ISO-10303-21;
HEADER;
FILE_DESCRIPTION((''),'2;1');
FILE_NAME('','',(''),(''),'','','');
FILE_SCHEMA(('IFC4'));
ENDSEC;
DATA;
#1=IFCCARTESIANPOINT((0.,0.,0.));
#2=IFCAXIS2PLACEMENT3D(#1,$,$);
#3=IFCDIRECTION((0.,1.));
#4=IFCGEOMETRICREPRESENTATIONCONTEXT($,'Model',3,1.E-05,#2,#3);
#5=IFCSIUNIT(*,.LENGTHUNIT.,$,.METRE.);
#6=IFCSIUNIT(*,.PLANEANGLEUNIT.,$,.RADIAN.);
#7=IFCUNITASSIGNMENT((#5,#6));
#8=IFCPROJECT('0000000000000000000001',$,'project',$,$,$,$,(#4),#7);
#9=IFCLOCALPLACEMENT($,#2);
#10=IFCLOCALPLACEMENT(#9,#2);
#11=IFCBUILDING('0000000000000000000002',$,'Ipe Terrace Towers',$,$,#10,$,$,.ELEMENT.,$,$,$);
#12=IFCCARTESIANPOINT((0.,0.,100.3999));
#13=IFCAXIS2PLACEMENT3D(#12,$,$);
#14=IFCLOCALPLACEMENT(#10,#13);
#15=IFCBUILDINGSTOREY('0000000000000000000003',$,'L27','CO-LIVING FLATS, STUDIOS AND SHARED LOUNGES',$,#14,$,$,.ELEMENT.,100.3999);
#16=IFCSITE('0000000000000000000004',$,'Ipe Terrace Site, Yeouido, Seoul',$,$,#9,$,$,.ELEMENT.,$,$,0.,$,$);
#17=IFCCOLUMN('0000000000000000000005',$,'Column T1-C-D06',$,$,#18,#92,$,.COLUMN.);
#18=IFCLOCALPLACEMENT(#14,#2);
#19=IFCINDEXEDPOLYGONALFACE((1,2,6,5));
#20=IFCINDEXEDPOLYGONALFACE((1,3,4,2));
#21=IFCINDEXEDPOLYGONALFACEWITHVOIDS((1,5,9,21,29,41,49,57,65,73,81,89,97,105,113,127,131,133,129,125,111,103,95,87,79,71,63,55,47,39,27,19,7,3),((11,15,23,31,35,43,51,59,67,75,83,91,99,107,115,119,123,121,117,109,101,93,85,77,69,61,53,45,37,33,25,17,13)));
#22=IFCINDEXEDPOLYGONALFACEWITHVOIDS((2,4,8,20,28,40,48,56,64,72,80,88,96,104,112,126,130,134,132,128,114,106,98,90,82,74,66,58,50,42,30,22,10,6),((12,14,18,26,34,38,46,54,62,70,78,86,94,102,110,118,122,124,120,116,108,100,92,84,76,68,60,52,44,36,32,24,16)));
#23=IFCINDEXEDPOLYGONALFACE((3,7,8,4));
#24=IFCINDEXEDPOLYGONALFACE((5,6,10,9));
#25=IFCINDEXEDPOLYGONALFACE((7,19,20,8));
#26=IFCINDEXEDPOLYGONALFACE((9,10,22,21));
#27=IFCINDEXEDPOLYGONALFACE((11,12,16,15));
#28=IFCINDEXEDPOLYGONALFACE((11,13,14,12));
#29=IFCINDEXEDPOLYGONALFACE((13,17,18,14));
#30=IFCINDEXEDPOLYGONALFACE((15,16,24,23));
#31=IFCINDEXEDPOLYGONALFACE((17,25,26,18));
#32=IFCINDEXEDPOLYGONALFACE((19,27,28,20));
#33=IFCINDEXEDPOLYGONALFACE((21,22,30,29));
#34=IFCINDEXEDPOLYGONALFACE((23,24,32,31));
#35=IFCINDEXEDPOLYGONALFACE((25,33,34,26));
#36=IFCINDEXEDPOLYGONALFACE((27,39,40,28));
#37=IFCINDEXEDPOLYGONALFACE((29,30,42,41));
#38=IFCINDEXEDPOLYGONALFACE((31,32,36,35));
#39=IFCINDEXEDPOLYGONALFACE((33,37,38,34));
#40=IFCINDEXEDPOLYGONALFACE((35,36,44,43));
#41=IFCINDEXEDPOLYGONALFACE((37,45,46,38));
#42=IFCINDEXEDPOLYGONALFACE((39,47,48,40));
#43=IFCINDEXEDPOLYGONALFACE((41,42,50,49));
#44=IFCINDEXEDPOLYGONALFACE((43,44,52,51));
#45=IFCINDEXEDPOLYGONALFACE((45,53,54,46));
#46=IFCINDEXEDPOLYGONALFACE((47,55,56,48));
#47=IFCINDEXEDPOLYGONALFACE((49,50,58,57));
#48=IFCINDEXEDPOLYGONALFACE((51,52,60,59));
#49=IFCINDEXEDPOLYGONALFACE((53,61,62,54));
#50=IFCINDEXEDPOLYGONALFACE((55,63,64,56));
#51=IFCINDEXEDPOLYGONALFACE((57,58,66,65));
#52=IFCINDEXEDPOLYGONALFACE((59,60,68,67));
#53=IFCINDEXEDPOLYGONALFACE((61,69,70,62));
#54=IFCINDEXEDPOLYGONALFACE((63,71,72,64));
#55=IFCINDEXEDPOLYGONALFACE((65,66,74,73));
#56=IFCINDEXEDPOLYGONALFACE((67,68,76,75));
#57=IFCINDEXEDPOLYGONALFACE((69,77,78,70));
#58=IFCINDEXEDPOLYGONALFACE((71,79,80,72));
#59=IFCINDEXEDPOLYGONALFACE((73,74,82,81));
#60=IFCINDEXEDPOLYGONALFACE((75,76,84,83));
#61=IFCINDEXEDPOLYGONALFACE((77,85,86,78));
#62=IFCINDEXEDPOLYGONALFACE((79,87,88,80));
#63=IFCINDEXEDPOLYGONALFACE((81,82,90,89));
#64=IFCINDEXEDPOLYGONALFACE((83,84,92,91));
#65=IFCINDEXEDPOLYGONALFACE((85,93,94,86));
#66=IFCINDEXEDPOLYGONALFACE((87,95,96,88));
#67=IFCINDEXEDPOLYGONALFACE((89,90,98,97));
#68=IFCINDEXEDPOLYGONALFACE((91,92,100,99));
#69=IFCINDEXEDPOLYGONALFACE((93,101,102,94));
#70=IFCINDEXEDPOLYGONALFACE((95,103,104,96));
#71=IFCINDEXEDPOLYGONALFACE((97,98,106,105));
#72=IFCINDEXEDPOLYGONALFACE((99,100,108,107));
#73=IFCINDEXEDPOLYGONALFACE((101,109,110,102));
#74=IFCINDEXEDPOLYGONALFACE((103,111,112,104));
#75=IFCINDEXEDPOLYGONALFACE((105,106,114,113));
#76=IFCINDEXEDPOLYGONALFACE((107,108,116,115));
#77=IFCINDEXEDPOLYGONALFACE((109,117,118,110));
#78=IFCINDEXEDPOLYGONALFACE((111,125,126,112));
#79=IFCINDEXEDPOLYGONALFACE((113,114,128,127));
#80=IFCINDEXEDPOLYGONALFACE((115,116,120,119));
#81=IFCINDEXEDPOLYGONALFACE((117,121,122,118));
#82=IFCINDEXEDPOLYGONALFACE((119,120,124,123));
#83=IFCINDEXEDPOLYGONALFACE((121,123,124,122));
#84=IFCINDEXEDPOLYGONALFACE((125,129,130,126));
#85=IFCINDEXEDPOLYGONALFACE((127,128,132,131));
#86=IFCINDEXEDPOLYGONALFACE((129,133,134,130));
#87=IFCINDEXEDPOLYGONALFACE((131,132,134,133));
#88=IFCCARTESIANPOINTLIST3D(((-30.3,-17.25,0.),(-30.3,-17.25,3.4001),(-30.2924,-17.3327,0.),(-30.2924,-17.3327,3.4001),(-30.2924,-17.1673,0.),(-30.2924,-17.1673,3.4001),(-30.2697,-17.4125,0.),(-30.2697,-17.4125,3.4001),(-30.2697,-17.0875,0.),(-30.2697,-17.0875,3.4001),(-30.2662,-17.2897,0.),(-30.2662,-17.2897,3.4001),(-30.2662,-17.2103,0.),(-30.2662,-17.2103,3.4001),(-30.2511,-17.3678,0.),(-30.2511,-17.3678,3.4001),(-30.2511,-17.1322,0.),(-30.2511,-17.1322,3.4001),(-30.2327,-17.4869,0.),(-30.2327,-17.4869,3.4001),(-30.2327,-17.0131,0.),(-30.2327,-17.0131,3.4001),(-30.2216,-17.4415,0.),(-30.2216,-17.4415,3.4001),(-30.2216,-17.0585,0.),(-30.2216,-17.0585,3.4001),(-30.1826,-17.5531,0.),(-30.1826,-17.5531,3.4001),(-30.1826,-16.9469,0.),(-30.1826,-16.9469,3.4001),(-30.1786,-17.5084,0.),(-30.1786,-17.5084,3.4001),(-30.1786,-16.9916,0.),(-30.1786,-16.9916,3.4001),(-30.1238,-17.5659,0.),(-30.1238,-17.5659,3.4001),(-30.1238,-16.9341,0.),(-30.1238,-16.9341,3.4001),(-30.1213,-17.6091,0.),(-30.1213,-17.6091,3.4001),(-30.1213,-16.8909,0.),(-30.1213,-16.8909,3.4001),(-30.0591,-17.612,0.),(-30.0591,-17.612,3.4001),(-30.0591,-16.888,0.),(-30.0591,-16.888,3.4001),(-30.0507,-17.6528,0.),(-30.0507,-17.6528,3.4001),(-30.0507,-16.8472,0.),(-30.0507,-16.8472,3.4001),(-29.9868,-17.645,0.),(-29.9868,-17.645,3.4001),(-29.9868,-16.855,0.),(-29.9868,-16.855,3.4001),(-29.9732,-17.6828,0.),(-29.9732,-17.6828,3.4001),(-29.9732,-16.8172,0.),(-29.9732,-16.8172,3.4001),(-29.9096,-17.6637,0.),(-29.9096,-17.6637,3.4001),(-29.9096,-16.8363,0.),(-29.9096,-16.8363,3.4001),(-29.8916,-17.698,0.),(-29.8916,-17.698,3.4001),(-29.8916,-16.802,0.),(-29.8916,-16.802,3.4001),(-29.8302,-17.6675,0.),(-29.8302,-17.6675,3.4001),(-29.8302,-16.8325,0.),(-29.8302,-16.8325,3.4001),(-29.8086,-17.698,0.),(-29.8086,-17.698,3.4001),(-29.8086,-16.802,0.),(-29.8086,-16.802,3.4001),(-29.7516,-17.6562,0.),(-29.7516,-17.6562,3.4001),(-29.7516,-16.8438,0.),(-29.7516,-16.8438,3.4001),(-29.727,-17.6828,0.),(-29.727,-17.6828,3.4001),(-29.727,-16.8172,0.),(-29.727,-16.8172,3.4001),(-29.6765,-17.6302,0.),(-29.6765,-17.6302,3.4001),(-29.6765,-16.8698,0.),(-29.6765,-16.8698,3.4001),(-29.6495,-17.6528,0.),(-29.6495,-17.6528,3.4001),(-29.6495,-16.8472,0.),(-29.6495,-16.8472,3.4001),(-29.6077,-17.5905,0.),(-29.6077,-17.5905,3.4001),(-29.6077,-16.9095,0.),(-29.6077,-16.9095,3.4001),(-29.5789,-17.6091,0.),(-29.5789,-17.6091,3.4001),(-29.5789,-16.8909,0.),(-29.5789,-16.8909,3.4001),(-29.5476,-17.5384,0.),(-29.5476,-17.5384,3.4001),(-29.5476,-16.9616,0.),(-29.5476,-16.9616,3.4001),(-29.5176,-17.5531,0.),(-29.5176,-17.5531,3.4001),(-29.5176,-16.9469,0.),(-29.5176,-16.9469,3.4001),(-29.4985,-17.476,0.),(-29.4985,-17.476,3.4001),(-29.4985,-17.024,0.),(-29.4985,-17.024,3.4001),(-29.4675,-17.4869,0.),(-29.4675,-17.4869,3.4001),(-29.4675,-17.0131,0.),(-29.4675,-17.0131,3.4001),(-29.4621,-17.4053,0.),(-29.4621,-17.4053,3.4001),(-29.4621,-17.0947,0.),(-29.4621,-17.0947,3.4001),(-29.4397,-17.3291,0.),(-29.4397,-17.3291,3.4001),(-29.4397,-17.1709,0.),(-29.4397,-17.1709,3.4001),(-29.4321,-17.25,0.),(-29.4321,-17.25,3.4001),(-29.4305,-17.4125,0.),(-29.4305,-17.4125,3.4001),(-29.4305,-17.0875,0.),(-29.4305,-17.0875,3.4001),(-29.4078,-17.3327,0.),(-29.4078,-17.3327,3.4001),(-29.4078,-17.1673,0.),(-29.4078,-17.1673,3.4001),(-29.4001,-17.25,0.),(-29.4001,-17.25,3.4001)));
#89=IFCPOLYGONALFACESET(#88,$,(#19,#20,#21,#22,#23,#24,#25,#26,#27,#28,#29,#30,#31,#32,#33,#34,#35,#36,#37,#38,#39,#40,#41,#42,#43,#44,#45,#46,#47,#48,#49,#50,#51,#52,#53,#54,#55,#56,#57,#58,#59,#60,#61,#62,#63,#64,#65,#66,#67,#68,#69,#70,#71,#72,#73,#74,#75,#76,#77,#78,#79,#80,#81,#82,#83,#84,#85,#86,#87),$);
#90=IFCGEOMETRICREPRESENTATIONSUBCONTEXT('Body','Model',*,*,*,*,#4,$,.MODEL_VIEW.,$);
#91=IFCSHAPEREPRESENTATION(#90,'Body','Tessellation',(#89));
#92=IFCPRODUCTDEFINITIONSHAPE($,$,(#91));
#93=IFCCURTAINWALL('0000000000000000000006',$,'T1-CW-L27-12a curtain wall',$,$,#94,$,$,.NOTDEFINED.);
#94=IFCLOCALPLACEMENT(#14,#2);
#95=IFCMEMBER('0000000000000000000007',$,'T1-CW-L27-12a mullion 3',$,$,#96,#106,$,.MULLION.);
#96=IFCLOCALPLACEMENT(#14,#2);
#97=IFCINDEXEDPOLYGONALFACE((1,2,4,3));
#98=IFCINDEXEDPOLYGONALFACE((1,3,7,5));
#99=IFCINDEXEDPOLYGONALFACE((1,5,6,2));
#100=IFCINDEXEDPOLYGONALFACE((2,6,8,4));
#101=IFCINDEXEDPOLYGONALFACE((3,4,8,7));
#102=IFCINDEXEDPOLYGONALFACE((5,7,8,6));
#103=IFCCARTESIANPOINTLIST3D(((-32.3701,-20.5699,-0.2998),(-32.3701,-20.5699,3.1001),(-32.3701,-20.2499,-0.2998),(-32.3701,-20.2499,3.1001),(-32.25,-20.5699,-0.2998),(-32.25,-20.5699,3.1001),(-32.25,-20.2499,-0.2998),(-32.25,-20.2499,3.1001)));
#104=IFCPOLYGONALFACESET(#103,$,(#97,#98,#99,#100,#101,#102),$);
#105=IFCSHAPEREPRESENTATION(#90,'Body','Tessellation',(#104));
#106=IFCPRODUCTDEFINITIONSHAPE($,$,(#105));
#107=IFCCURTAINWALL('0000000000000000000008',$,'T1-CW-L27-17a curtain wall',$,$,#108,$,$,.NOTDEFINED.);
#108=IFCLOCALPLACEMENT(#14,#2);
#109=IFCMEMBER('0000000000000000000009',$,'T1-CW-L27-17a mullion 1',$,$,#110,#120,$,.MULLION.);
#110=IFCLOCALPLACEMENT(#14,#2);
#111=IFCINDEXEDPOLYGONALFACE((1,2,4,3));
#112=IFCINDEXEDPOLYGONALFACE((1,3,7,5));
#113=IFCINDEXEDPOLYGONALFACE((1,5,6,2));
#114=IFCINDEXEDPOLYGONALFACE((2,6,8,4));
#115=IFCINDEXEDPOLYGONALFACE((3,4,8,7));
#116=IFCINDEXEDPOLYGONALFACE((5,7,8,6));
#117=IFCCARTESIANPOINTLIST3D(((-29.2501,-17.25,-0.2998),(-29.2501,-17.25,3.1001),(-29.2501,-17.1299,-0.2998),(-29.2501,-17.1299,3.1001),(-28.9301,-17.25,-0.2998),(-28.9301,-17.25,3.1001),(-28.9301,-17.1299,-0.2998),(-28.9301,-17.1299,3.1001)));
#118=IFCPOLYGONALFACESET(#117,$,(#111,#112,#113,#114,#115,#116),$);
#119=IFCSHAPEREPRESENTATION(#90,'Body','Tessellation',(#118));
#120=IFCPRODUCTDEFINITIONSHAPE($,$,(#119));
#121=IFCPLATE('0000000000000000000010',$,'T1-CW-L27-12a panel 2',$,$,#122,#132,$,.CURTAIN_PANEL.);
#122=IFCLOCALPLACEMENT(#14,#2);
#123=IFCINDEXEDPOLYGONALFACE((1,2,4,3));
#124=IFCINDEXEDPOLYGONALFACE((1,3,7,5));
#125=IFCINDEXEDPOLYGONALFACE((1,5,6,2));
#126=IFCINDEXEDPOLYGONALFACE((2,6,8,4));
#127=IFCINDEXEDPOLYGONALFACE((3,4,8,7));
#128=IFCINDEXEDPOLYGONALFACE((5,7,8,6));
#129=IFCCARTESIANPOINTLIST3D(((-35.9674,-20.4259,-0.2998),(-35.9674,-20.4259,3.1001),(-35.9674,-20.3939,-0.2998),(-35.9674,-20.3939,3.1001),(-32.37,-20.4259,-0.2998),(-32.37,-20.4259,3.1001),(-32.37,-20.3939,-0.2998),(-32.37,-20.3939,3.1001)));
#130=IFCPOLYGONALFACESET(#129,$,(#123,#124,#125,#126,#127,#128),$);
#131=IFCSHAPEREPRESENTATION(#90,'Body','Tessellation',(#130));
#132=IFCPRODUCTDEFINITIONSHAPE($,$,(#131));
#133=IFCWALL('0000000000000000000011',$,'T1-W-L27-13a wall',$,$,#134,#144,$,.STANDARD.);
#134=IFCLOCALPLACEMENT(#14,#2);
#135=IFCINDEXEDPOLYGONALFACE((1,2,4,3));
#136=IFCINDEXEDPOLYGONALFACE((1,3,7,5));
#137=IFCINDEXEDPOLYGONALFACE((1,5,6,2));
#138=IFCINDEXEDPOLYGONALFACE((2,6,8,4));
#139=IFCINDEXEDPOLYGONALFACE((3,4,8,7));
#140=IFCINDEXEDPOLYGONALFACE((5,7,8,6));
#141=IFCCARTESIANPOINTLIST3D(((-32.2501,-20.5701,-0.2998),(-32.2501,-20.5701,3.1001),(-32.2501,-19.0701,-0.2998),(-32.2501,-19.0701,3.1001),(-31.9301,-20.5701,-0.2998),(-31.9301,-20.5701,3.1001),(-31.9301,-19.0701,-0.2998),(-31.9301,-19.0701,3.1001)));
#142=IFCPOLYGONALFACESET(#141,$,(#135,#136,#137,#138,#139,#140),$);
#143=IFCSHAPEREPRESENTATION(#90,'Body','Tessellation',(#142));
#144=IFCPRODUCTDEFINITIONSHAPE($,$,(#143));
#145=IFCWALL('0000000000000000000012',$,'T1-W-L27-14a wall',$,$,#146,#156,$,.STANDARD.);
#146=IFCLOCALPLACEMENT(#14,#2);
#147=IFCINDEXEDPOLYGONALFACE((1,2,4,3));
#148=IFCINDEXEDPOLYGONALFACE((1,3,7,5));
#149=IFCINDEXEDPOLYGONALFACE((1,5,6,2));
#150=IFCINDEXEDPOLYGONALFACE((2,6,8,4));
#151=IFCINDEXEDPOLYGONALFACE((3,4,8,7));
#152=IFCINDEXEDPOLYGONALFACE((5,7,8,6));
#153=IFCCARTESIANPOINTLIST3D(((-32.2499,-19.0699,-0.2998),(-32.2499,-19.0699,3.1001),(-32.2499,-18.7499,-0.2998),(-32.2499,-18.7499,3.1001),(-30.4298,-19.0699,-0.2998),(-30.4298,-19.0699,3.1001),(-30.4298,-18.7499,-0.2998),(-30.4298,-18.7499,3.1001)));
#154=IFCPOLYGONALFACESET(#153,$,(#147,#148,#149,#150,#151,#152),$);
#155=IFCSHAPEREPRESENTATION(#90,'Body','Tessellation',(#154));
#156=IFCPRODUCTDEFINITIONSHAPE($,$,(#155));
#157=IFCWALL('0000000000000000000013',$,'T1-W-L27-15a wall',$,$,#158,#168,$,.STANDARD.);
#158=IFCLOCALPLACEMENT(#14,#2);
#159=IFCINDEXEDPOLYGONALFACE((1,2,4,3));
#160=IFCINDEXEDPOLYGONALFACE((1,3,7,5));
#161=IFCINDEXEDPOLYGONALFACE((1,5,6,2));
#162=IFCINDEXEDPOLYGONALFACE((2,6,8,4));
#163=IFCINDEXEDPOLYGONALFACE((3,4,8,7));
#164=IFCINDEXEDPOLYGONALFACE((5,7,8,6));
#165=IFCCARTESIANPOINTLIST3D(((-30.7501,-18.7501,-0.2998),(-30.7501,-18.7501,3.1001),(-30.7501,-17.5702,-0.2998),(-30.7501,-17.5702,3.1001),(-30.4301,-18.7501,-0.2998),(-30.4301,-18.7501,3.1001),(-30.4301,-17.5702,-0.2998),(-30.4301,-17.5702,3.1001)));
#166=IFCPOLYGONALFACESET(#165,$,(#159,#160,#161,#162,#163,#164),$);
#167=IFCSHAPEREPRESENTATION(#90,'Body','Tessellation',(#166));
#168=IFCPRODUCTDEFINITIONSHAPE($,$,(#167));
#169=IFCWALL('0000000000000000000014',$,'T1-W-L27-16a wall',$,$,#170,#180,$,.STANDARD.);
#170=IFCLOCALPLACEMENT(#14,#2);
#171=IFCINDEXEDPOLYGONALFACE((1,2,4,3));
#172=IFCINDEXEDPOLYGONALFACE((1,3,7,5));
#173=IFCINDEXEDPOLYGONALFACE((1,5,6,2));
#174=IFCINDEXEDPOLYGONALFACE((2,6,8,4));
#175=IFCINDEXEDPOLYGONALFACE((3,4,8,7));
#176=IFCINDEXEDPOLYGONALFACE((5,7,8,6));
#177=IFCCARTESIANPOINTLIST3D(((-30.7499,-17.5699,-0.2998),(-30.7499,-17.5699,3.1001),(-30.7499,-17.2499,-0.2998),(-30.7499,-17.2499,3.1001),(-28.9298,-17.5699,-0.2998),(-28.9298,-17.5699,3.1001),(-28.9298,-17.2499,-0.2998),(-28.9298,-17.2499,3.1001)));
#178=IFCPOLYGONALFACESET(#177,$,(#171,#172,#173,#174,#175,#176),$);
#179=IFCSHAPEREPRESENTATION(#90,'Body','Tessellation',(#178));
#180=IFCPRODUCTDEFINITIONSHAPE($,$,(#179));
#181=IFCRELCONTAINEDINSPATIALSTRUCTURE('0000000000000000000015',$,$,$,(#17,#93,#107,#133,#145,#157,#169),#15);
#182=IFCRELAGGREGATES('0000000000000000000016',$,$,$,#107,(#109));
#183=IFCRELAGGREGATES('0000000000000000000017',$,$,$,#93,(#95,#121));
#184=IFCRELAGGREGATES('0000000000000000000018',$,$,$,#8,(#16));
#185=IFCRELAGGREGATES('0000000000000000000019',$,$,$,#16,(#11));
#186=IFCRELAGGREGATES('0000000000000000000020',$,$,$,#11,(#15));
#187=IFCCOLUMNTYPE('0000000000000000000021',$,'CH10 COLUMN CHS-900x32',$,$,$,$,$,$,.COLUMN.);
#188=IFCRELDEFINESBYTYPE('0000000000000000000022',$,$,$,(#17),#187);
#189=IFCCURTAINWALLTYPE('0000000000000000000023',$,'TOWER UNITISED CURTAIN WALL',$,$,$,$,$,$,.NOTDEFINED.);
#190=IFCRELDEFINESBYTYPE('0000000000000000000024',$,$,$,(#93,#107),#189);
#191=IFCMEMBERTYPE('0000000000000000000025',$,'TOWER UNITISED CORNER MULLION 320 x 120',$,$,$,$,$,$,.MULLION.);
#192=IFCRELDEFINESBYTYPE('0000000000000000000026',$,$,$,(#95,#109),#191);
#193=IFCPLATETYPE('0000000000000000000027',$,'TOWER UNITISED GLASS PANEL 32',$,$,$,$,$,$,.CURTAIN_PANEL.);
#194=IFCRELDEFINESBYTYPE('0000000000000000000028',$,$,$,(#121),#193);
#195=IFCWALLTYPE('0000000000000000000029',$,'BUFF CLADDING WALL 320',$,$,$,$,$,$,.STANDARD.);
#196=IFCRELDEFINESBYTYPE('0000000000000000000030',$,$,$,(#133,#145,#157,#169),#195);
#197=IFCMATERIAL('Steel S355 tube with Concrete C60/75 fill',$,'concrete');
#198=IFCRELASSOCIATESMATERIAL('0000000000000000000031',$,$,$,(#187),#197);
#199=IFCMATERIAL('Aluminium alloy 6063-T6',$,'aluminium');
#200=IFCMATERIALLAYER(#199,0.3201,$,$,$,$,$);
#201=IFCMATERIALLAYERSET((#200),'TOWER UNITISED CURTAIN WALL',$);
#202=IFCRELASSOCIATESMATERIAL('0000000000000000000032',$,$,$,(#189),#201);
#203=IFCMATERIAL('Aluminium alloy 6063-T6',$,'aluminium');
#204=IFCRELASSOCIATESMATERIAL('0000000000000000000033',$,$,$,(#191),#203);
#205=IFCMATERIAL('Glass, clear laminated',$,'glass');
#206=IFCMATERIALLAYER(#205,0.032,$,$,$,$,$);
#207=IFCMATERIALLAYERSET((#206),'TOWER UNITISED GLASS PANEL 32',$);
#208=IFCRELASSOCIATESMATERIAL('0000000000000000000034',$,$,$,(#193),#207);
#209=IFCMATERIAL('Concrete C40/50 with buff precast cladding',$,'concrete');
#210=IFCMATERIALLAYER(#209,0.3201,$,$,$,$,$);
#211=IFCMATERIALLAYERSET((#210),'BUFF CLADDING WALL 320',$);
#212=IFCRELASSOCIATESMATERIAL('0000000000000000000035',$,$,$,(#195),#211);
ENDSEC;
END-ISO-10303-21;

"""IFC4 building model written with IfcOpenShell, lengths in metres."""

from ifc_helpers import new_model, si_unit, direction, frame, frame_2d, origin, origin_2d, place, context, subcontext, project, spatial, rectangle, hollow_circle, extrude, material, layer, layer_set, material_profile, profile_set, type_object, element, aggregate, save


model = new_model("IFC4")

# Units and contexts
model_context = context("Model", 3, precision=1e-05, world=origin(), true_north=direction((0.0, 1.0)))
body_context = subcontext(model_context, "Body", "Model", "MODEL_VIEW")
ifc_project = project(units=[si_unit("LENGTHUNIT", "METRE"), si_unit("PLANEANGLEUNIT", "RADIAN")], contexts=[model_context])

# Site, building, storey
site_placement = place(None, origin())
site = spatial("IfcSite", under=ifc_project, at=site_placement, Name="Ipe Terrace Site, Yeouido, Seoul", CompositionType="ELEMENT", RefElevation=0.0)
building_placement = place(site_placement, origin())
building = spatial("IfcBuilding", under=site, at=building_placement, Name="Ipe Terrace Towers", CompositionType="ELEMENT")
storey_placement = place(building_placement, frame((0.0, 0.0, 100.3999)))
storey = spatial("IfcBuildingStorey", under=building, at=storey_placement, Name="L27", Description="CO-LIVING FLATS, STUDIOS AND SHARED LOUNGES", CompositionType="ELEMENT", Elevation=100.3999)

# Column
ifc_material_1 = material(Name="Steel S355 tube with Concrete C60/75 fill", Category="concrete")
ifc_material_profile_1 = material_profile(ifc_material_1, hollow_circle(Radius=0.45, WallThickness=0.032, at=origin_2d()), Name="CHS-900x32")
ifc_profile_set_1 = profile_set([ifc_material_profile_1], Name="Steel S355 tube with Concrete C60/75 fill")
column_type = type_object("IfcColumnType", Name="CH10 COLUMN CHS-900x32", PredefinedType="COLUMN", material=ifc_profile_set_1)
column_placement = place(storey_placement, frame((-29.8501, -17.25, 0.0), z_axis=(0.0, 0.0, 1.0), x_axis=(1.0, 0.0, 0.0)))
element("IfcColumn", 1, at=column_placement, inside=storey, type_object=column_type, Name="Column T1-C-D06", PredefinedType="COLUMN", context=body_context, shape_type="SweptSolid", body=[
    extrude(hollow_circle(Radius=0.45, WallThickness=0.032, at=origin_2d()), origin(), (0.0, 0.0, 1.0), 3.4001),
])

# Curtain walls, members
ifc_material_2 = material(Name="Aluminium alloy 6063-T6", Category="aluminium")
ifc_layer_1 = layer(ifc_material_2, 0.3201)
ifc_layer_set_1 = layer_set([ifc_layer_1], Name="TOWER UNITISED CURTAIN WALL")
curtain_wall_type = type_object("IfcCurtainWallType", Name="TOWER UNITISED CURTAIN WALL", PredefinedType="NOTDEFINED", material=ifc_layer_set_1)
curtain_wall_1_placement = place(storey_placement, origin())
curtain_wall_1 = element("IfcCurtainWall", 2, at=curtain_wall_1_placement, inside=storey, type_object=curtain_wall_type, Name="T1-CW-L27-12a curtain wall", PredefinedType="NOTDEFINED")
ifc_material_3 = material(Name="Aluminium alloy 6063-T6", Category="aluminium")
ifc_material_profile_2 = material_profile(ifc_material_3, rectangle(XDim=0.3201, YDim=0.1201, at=origin_2d()), Name="TOWER UNITISED CORNER MULLION 320 x 120")
ifc_profile_set_2 = profile_set([ifc_material_profile_2], Name="Aluminium alloy 6063-T6")
member_type = type_object("IfcMemberType", Name="TOWER UNITISED CORNER MULLION 320 x 120", PredefinedType="MULLION", material=ifc_profile_set_2)
member_1_placement = place(storey_placement, frame((-32.3101, -20.4099, -0.2998), z_axis=(0.0, 0.0, 1.0), x_axis=(0.0, -1.0, 0.0)))
member_1 = element("IfcMember", 3, at=member_1_placement, type_object=member_type, Name="T1-CW-L27-12a mullion 3", PredefinedType="MULLION", context=body_context, shape_type="SweptSolid", body=[
    extrude(rectangle(XDim=0.3201, YDim=0.1201, at=origin_2d()), origin(), (0.0, 0.0, 1.0), 3.3999),
])
curtain_wall_2_placement = place(storey_placement, origin())
curtain_wall_2 = element("IfcCurtainWall", 4, at=curtain_wall_2_placement, inside=storey, type_object=curtain_wall_type, Name="T1-CW-L27-17a curtain wall", PredefinedType="NOTDEFINED")
member_2_placement = place(storey_placement, frame((-29.0901, -17.1899, -0.2998), z_axis=(0.0, 0.0, 1.0), x_axis=(1.0, 0.0, 0.0)))
member_2 = element("IfcMember", 5, at=member_2_placement, type_object=member_type, Name="T1-CW-L27-17a mullion 1", PredefinedType="MULLION", context=body_context, shape_type="SweptSolid", body=[
    extrude(rectangle(XDim=0.3201, YDim=0.1201, at=origin_2d()), origin(), (0.0, 0.0, 1.0), 3.3999),
])
aggregate(curtain_wall_2, [member_2])

# Plate
ifc_material_4 = material(Name="Glass, clear laminated", Category="glass")
ifc_layer_2 = layer(ifc_material_4, 0.032)
ifc_layer_set_2 = layer_set([ifc_layer_2], Name="TOWER UNITISED GLASS PANEL 32")
plate_type = type_object("IfcPlateType", Name="TOWER UNITISED GLASS PANEL 32", PredefinedType="CURTAIN_PANEL", material=ifc_layer_set_2)
plate_placement = place(storey_placement, frame((-34.1687, -20.4099, -0.2998), z_axis=(0.0, 0.0, 1.0), x_axis=(1.0, 0.0, 0.0)))
plate = element("IfcPlate", 6, at=plate_placement, type_object=plate_type, Name="T1-CW-L27-12a panel 2", PredefinedType="CURTAIN_PANEL", context=body_context, shape_type="SweptSolid", body=[
    extrude(rectangle(XDim=3.5974, YDim=0.032, at=origin_2d()), origin(), (0.0, 0.0, 1.0), 3.3999),
])
aggregate(curtain_wall_1, [member_1, plate])

# Walls
ifc_material_5 = material(Name="Concrete C40/50 with buff precast cladding", Category="concrete")
ifc_layer_3 = layer(ifc_material_5, 0.3201)
ifc_layer_set_3 = layer_set([ifc_layer_3], Name="BUFF CLADDING WALL 320")
wall_type_1 = type_object("IfcWallType", Name="BUFF CLADDING WALL 320", PredefinedType="STANDARD", material=ifc_layer_set_3)
wall_1_placement = place(storey_placement, frame((-32.0901, -20.5701, -0.2998), z_axis=(0.0, 0.0, 1.0), x_axis=(0.0, 1.0, 0.0)))
element("IfcWall", 7, at=wall_1_placement, inside=storey, type_object=wall_type_1, Name="T1-W-L27-13a wall", PredefinedType="STANDARD", context=body_context, shape_type="SweptSolid", body=[
    extrude(rectangle(XDim=1.5, YDim=0.3201, at=frame_2d((0.75, 0.0))), origin(), (0.0, 0.0, 1.0), 3.3999),
])
wall_2_placement = place(storey_placement, frame((-32.25, -18.9099, -0.2998), z_axis=(0.0, 0.0, 1.0), x_axis=(1.0, 0.0, 0.0)))
element("IfcWall", 8, at=wall_2_placement, inside=storey, type_object=wall_type_1, Name="T1-W-L27-14a wall", PredefinedType="STANDARD", context=body_context, shape_type="SweptSolid", body=[
    extrude(rectangle(XDim=1.8201, YDim=0.3201, at=frame_2d((0.9102, 0.0))), origin(), (0.0, 0.0, 1.0), 3.3999),
])
wall_3_placement = place(storey_placement, frame((-30.5901, -18.75, -0.2998), z_axis=(0.0, 0.0, 1.0), x_axis=(0.0, 1.0, 0.0)))
element("IfcWall", 9, at=wall_3_placement, inside=storey, type_object=wall_type_1, Name="T1-W-L27-15a wall", PredefinedType="STANDARD", context=body_context, shape_type="SweptSolid", body=[
    extrude(rectangle(XDim=1.1799, YDim=0.3201, at=frame_2d((0.5898, 0.0))), origin(), (0.0, 0.0, 1.0), 3.3999),
])
wall_4_placement = place(storey_placement, frame((-30.75, -17.4099, -0.2998), z_axis=(0.0, 0.0, 1.0), x_axis=(1.0, 0.0, 0.0)))
element("IfcWall", 10, at=wall_4_placement, inside=storey, type_object=wall_type_1, Name="T1-W-L27-16a wall", PredefinedType="STANDARD", context=body_context, shape_type="SweptSolid", body=[
    extrude(rectangle(XDim=1.8201, YDim=0.3201, at=frame_2d((0.9102, 0.0))), origin(), (0.0, 0.0, 1.0), 3.3999),
])

save(model, "model.ifc")
